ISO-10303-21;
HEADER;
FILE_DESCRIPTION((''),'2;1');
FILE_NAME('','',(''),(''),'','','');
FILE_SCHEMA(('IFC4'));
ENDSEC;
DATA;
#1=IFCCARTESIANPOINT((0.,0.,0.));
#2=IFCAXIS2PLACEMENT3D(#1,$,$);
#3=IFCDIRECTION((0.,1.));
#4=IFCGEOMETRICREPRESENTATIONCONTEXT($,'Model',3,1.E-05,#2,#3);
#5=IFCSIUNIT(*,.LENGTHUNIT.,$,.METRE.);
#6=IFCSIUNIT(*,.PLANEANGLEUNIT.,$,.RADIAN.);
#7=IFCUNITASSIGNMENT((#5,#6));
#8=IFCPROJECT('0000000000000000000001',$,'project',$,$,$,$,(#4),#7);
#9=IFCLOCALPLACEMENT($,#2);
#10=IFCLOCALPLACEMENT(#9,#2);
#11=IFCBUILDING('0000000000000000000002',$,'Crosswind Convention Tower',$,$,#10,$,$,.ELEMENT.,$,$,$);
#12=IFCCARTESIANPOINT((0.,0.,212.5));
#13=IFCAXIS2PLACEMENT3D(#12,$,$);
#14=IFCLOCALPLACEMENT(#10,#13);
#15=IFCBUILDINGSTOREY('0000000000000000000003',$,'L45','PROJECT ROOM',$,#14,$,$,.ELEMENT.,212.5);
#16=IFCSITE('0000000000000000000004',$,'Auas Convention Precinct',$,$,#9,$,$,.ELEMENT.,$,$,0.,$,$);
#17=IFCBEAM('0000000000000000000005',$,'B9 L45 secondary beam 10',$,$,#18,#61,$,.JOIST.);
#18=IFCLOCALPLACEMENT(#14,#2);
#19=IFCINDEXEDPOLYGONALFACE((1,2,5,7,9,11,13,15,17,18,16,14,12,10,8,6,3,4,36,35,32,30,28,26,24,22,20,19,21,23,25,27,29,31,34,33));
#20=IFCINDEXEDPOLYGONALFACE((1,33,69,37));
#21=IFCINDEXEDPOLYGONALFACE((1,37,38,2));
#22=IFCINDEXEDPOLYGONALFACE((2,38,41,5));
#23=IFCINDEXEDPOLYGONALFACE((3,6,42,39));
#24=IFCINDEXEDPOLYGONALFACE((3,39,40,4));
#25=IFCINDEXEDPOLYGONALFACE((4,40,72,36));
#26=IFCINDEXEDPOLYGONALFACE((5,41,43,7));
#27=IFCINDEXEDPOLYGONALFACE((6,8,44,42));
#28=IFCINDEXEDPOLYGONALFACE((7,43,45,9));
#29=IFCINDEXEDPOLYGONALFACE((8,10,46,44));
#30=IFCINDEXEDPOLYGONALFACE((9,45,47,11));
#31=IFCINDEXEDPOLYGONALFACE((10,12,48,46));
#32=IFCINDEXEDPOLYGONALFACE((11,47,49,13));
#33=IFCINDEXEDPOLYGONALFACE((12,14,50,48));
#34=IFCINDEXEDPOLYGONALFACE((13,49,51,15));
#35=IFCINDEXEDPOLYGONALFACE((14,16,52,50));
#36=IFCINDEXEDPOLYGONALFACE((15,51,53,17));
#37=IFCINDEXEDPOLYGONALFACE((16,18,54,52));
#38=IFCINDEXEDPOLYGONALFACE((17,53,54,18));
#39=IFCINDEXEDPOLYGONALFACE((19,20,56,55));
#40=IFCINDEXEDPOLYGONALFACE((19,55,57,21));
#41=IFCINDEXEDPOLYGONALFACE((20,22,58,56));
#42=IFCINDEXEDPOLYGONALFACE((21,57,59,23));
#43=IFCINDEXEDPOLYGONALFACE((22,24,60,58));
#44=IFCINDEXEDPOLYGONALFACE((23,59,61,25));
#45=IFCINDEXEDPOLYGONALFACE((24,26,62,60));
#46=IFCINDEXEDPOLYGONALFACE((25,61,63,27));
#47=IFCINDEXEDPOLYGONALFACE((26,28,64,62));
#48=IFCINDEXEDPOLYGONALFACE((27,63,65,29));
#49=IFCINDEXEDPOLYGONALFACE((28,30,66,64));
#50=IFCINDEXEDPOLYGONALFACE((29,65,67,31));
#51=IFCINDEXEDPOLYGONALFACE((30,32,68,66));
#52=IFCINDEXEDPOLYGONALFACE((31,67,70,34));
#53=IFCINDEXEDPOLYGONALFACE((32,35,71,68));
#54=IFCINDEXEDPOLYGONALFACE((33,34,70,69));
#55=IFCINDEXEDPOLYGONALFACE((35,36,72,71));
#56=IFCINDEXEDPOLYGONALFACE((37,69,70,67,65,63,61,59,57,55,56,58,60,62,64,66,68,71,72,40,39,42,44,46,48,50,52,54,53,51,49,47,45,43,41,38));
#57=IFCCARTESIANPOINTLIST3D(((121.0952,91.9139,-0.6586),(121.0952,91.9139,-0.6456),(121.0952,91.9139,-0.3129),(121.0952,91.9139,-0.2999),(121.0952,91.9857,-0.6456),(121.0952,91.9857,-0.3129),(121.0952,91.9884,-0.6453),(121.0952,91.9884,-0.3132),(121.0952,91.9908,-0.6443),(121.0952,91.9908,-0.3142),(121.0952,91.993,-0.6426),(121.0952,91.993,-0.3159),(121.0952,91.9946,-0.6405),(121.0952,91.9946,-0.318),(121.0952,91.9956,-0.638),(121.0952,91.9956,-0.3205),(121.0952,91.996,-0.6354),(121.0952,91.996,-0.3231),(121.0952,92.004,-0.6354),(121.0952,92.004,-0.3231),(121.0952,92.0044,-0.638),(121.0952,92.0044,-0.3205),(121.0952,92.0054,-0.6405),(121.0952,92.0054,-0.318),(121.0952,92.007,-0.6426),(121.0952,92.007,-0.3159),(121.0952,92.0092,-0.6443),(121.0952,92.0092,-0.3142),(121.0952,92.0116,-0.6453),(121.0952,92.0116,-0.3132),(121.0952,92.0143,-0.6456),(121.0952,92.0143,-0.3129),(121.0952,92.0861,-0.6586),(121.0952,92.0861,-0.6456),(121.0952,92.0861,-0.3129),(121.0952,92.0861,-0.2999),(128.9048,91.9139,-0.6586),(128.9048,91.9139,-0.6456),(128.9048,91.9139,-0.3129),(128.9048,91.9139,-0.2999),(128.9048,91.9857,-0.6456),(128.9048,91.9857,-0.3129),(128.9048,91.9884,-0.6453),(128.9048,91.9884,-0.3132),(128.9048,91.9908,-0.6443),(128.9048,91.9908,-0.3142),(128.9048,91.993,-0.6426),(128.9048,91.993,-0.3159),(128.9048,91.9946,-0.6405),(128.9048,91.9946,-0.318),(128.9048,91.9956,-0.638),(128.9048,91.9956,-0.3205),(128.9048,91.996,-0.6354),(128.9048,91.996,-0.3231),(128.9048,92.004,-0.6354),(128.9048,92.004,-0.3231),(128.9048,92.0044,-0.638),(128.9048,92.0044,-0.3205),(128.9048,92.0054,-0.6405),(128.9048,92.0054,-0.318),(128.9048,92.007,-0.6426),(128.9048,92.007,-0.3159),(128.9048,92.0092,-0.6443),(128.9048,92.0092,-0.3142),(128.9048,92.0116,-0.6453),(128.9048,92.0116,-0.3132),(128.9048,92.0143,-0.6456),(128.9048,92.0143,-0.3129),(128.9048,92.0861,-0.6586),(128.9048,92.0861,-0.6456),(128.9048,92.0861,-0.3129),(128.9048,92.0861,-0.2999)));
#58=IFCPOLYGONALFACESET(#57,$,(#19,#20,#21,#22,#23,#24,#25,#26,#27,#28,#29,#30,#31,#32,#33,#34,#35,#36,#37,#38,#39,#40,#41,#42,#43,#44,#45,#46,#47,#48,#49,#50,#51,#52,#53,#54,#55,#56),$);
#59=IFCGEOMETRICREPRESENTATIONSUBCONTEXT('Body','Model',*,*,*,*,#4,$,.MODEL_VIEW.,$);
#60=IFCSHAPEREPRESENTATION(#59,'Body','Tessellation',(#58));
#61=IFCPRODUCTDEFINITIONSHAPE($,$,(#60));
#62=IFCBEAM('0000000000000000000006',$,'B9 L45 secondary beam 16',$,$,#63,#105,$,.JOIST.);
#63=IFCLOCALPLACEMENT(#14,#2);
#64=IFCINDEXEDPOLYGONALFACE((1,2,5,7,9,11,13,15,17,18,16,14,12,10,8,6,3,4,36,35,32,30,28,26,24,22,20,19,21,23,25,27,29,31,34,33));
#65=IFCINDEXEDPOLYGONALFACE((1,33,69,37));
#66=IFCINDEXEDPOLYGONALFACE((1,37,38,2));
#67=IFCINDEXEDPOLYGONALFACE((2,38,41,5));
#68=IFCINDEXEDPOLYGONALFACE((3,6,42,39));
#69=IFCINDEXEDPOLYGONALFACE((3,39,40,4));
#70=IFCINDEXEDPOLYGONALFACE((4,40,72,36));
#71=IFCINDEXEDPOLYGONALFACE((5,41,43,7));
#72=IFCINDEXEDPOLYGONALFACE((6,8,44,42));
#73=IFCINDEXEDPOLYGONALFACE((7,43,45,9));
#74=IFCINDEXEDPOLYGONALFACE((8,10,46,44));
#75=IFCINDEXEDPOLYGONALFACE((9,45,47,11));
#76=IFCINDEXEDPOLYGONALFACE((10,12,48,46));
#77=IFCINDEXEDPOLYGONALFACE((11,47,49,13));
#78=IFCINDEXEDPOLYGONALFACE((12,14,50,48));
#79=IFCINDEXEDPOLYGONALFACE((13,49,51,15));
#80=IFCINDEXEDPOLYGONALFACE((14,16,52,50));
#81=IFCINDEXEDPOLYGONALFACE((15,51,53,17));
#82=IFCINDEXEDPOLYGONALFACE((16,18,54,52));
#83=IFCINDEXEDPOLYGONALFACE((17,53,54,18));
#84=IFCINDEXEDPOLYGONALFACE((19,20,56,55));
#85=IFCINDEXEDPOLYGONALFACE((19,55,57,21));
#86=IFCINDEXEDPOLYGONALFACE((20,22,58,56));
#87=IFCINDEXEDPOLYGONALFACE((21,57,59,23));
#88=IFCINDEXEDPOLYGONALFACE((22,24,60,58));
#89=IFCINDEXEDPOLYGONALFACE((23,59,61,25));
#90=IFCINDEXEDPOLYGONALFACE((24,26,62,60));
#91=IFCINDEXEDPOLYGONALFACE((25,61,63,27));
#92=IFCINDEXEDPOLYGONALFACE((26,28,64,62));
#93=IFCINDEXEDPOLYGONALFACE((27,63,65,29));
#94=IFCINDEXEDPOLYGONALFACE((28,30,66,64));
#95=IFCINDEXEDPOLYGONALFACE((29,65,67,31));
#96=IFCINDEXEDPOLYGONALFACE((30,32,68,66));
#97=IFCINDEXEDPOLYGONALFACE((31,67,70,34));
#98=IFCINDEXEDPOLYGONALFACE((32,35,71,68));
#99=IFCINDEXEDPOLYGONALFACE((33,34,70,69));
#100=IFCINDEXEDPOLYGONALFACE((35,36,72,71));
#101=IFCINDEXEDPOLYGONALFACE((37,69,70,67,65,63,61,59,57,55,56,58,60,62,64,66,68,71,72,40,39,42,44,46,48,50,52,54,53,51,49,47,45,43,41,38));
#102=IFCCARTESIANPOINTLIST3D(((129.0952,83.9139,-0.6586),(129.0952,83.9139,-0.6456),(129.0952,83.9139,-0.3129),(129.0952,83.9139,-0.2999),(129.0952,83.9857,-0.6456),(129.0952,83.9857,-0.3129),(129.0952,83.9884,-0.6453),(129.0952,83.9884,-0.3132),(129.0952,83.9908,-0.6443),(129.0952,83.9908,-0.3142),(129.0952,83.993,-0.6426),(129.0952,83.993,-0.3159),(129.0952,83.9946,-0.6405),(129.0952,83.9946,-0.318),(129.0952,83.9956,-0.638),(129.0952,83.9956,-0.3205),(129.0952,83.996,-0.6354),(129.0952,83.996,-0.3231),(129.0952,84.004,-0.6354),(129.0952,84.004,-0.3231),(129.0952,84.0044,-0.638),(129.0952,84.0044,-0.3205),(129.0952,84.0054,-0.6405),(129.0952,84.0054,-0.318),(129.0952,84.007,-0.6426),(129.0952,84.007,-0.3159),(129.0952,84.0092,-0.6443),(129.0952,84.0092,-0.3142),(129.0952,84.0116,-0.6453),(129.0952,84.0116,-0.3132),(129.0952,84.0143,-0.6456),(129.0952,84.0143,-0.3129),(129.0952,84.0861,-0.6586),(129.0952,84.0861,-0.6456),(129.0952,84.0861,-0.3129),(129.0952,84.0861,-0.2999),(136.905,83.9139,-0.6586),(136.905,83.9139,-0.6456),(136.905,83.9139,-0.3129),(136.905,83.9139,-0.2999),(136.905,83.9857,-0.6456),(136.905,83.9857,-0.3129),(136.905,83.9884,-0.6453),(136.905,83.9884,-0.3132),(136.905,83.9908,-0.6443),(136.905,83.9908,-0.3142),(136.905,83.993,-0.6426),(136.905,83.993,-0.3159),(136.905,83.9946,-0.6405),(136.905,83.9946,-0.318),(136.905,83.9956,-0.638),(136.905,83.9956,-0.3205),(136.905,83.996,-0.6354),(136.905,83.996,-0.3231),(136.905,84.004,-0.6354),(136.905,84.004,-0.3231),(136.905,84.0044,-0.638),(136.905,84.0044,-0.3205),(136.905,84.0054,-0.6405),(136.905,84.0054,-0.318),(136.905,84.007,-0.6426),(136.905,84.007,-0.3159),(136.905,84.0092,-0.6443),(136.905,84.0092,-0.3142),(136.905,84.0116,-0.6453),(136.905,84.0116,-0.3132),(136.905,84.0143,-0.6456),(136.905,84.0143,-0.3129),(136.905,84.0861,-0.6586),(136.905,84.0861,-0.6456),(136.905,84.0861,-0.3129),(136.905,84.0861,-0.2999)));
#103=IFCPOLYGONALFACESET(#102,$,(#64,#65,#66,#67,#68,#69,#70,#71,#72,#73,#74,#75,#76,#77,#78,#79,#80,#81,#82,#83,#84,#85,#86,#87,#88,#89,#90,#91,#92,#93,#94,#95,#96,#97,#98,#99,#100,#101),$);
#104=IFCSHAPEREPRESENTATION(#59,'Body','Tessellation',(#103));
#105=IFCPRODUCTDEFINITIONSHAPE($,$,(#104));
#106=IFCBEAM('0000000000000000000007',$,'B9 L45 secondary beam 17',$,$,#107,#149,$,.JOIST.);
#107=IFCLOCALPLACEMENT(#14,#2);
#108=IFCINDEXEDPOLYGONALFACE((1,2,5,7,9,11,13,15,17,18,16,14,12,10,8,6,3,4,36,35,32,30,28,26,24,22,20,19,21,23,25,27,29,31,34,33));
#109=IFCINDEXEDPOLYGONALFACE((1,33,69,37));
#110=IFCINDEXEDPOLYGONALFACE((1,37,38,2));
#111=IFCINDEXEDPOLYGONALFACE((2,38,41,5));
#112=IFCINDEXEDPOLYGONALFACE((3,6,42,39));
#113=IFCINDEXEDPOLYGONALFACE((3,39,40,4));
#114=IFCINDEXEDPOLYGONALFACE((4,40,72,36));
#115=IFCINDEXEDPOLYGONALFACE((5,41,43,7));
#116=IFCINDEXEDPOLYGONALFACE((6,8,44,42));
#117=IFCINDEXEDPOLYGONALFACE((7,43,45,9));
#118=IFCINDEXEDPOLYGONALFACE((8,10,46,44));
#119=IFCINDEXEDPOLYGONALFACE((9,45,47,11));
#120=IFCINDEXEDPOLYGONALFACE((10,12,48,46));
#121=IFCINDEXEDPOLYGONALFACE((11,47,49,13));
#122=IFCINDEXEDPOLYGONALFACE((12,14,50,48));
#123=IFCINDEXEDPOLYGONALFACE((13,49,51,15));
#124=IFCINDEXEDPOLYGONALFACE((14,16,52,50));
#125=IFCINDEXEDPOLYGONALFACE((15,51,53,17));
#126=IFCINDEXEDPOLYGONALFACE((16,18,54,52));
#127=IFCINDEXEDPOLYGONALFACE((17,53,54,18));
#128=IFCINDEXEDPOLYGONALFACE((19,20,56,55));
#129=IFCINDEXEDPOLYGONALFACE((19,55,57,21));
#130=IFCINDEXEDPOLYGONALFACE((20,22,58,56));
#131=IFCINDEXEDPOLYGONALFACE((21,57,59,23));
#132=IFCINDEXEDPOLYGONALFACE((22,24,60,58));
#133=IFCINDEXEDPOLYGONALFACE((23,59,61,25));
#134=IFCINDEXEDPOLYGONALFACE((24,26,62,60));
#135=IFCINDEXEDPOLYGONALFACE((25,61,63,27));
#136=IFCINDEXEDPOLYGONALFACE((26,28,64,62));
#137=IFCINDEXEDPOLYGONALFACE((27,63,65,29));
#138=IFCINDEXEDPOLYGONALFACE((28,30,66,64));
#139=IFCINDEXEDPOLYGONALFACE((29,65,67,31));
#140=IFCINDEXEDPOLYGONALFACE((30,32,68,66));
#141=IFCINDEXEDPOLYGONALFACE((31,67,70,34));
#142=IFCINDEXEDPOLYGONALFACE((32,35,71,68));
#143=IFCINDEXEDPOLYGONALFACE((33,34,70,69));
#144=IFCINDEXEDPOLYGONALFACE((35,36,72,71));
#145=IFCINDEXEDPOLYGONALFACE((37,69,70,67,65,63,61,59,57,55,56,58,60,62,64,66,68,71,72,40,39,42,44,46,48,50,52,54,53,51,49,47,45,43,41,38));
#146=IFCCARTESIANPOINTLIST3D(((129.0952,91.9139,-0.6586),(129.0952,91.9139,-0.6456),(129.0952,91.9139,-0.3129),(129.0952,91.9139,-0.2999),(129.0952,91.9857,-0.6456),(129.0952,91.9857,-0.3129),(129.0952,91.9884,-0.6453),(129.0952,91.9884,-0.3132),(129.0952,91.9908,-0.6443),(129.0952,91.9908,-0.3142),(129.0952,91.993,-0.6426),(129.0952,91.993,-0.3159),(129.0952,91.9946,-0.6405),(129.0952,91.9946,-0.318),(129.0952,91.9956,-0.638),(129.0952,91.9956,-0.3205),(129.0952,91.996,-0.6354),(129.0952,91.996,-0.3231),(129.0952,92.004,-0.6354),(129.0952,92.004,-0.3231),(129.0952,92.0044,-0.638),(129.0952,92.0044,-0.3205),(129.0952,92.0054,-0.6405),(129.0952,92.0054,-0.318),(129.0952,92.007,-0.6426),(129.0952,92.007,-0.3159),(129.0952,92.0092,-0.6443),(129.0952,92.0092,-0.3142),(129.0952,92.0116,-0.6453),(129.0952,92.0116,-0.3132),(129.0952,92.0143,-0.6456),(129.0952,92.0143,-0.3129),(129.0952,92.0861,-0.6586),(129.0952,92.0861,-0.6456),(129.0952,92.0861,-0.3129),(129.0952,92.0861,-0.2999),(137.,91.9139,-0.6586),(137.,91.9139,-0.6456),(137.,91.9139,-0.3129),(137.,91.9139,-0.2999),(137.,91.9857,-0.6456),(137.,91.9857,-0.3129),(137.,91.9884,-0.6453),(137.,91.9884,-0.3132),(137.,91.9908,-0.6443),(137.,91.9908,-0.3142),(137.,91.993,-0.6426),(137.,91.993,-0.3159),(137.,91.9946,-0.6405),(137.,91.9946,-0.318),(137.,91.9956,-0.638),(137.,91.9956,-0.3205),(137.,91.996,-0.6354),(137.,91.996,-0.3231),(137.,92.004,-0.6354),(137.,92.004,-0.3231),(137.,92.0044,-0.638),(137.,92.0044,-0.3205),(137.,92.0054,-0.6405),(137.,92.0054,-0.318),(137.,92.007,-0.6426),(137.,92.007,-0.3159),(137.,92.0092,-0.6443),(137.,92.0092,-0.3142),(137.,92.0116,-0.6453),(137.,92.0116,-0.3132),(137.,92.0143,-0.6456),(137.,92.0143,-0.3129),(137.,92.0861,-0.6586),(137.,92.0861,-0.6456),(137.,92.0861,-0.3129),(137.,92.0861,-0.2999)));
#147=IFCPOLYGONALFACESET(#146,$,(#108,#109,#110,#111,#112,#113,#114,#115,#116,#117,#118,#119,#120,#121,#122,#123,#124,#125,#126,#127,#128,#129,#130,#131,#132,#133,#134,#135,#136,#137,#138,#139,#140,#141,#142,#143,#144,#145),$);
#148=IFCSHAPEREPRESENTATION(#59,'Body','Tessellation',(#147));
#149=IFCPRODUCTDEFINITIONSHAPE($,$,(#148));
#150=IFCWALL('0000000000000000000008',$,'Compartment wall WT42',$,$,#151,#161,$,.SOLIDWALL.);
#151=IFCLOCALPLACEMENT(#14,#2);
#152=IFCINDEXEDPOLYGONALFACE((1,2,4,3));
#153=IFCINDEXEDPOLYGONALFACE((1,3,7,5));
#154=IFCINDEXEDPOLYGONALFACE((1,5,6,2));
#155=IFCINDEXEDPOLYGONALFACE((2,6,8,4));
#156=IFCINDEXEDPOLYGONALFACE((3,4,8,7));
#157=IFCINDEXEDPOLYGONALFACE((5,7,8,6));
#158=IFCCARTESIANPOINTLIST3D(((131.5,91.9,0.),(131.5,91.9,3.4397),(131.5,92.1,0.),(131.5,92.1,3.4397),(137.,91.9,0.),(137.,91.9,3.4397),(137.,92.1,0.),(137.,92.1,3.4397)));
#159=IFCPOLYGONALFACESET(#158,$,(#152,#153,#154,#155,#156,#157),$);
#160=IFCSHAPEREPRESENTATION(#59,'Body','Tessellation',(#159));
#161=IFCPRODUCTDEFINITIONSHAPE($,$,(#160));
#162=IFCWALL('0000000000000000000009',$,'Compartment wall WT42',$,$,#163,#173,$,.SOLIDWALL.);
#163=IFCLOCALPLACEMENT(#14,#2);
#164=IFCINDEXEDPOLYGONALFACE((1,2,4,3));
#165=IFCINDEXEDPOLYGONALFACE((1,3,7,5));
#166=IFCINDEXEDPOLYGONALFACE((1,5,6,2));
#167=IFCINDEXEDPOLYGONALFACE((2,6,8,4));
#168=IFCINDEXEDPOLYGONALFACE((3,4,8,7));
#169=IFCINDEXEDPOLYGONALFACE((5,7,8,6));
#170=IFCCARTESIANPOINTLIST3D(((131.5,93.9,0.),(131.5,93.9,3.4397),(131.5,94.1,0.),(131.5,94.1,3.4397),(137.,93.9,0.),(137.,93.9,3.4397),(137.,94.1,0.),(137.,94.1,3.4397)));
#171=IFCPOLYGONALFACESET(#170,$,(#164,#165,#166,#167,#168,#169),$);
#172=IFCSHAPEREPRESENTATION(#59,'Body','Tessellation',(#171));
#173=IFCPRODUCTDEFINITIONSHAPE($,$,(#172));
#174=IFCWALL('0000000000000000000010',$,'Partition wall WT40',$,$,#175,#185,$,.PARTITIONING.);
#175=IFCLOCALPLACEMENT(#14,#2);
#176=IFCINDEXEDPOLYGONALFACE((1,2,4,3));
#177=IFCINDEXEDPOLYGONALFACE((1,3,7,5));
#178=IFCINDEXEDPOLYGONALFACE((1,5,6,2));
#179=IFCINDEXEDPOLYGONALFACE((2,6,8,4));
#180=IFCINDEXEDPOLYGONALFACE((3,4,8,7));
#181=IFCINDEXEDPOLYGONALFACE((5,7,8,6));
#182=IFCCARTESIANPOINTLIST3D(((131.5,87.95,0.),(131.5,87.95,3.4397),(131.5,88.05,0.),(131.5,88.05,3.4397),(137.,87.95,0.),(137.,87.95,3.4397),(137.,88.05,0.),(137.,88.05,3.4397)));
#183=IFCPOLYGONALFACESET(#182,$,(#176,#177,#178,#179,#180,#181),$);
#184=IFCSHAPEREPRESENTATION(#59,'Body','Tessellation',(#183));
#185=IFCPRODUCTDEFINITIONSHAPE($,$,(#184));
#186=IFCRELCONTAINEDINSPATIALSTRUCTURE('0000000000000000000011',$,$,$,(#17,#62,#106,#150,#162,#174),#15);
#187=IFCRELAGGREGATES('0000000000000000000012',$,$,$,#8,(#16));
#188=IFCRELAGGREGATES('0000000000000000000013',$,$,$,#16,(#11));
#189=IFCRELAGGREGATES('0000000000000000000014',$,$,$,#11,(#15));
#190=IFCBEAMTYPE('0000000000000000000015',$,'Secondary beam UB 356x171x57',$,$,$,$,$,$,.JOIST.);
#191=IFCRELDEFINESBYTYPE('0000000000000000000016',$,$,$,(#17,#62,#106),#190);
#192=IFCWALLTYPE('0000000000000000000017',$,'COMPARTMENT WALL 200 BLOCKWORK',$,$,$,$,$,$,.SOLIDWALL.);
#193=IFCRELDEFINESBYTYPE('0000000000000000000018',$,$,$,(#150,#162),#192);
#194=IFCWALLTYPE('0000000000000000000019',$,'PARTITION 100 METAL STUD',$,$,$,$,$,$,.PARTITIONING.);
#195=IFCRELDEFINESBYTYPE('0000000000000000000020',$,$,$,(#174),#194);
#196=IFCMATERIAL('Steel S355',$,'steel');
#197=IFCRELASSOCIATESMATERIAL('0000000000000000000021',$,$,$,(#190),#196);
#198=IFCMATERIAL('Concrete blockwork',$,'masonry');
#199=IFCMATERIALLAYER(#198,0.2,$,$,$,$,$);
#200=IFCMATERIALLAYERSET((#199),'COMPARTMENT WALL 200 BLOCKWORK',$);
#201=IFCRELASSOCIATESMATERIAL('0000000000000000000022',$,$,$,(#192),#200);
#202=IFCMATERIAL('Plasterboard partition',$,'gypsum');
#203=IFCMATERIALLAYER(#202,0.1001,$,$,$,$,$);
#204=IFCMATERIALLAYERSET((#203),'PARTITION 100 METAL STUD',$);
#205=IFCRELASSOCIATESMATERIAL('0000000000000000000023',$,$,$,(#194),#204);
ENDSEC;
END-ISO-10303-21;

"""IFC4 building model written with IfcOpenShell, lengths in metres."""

from ifc_helpers import new_model, si_unit, direction, frame, frame_2d, origin, origin_2d, place, context, subcontext, project, spatial, rectangle, i_section, extrude, material, layer, layer_set, material_profile, profile_set, type_object, element, save


model = new_model("IFC4")

# Units and contexts
model_context = context("Model", 3, precision=1e-05, world=origin(), true_north=direction((0.0, 1.0)))
body_context = subcontext(model_context, "Body", "Model", "MODEL_VIEW")
ifc_project = project(units=[si_unit("LENGTHUNIT", "METRE"), si_unit("PLANEANGLEUNIT", "RADIAN")], contexts=[model_context])

# Site, building, storey
site_placement = place(None, origin())
site = spatial("IfcSite", under=ifc_project, at=site_placement, Name="Auas Convention Precinct", CompositionType="ELEMENT", RefElevation=0.0)
building_placement = place(site_placement, origin())
building = spatial("IfcBuilding", under=site, at=building_placement, Name="Crosswind Convention Tower", CompositionType="ELEMENT")
storey_placement = place(building_placement, frame((0.0, 0.0, 212.5)))
storey = spatial("IfcBuildingStorey", under=building, at=storey_placement, Name="L45", Description="PROJECT ROOM", CompositionType="ELEMENT", Elevation=212.5)

# Beams
ifc_material_1 = material(Name="Steel S355", Category="steel")
ifc_material_profile_1 = material_profile(ifc_material_1, i_section(OverallWidth=0.1721, OverallDepth=0.3586, WebThickness=0.0081, FlangeThickness=0.0129, FilletRadius=0.0103, at=origin_2d()), Name="UB 356x171x57")
ifc_profile_set_1 = profile_set([ifc_material_profile_1], Name="Steel S355")
beam_type_1 = type_object("IfcBeamType", Name="Secondary beam UB 356x171x57", PredefinedType="JOIST", material=ifc_profile_set_1)
for number, where, z_axis, x_axis, name in (
    (1, (121.0952, 92.0, -0.4792), (1.0, 0.0, 0.0), (0.0, 1.0, 0.0), "B9 L45 secondary beam 10"),
):
    element("IfcBeam", number, at=place(storey_placement, frame(where, z_axis=z_axis, x_axis=x_axis)), inside=storey, type_object=beam_type_1, Name=name, PredefinedType="JOIST", context=body_context, shape_type="SweptSolid", body=[
        extrude(i_section(OverallWidth=0.1721, OverallDepth=0.3586, WebThickness=0.0081, FlangeThickness=0.0129, FilletRadius=0.0103, at=origin_2d()), origin(), (0.0, 0.0, 1.0), 7.8096),
    ])
beam_1_placement = place(storey_placement, frame((129.0952, 84.0, -0.4792), z_axis=(1.0, 0.0, 0.0), x_axis=(0.0, 1.0, 0.0)))
element("IfcBeam", 2, at=beam_1_placement, inside=storey, type_object=beam_type_1, Name="B9 L45 secondary beam 16", PredefinedType="JOIST", context=body_context, shape_type="SweptSolid", body=[
    extrude(i_section(OverallWidth=0.1721, OverallDepth=0.3586, WebThickness=0.0081, FlangeThickness=0.0129, FilletRadius=0.0103, at=origin_2d()), origin(), (0.0, 0.0, 1.0), 7.8098),
])
beam_2_placement = place(storey_placement, frame((129.0952, 92.0, -0.4792), z_axis=(1.0, 0.0, 0.0), x_axis=(0.0, 1.0, 0.0)))
element("IfcBeam", 3, at=beam_2_placement, inside=storey, type_object=beam_type_1, Name="B9 L45 secondary beam 17", PredefinedType="JOIST", context=body_context, shape_type="SweptSolid", body=[
    extrude(i_section(OverallWidth=0.1721, OverallDepth=0.3586, WebThickness=0.0081, FlangeThickness=0.0129, FilletRadius=0.0103, at=origin_2d()), origin(), (0.0, 0.0, 1.0), 7.9048),
])

# Walls
ifc_material_2 = material(Name="Concrete blockwork", Category="masonry")
ifc_layer_1 = layer(ifc_material_2, 0.2)
ifc_layer_set_1 = layer_set([ifc_layer_1], Name="COMPARTMENT WALL 200 BLOCKWORK")
wall_type_1 = type_object("IfcWallType", Name="COMPARTMENT WALL 200 BLOCKWORK", PredefinedType="SOLIDWALL", material=ifc_layer_set_1)
for number, where, z_axis, x_axis, name in (
    (4, (131.5, 92.0, 0.0), (0.0, 0.0, 1.0), (1.0, 0.0, 0.0), "Compartment wall WT42"),
    (5, (131.5, 94.0, 0.0), (0.0, 0.0, 1.0), (1.0, 0.0, 0.0), "Compartment wall WT42"),
):
    element("IfcWall", number, at=place(storey_placement, frame(where, z_axis=z_axis, x_axis=x_axis)), inside=storey, type_object=wall_type_1, Name=name, PredefinedType="SOLIDWALL", context=body_context, shape_type="SweptSolid", body=[
        extrude(rectangle(XDim=5.5, YDim=0.2, at=frame_2d((2.75, 0.0))), origin(), (0.0, 0.0, 1.0), 3.4397),
    ])
ifc_material_3 = material(Name="Plasterboard partition", Category="gypsum")
ifc_layer_2 = layer(ifc_material_3, 0.1001)
ifc_layer_set_2 = layer_set([ifc_layer_2], Name="PARTITION 100 METAL STUD")
wall_type_2 = type_object("IfcWallType", Name="PARTITION 100 METAL STUD", PredefinedType="PARTITIONING", material=ifc_layer_set_2)
wall_1_placement = place(storey_placement, frame((131.5, 88.0, 0.0), z_axis=(0.0, 0.0, 1.0), x_axis=(1.0, 0.0, 0.0)))
element("IfcWall", 6, at=wall_1_placement, inside=storey, type_object=wall_type_2, Name="Partition wall WT40", PredefinedType="PARTITIONING", context=body_context, shape_type="SweptSolid", body=[
    extrude(rectangle(XDim=5.5, YDim=0.1001, at=frame_2d((2.75, 0.0))), origin(), (0.0, 0.0, 1.0), 3.4397),
])

save(model, "model.ifc")
